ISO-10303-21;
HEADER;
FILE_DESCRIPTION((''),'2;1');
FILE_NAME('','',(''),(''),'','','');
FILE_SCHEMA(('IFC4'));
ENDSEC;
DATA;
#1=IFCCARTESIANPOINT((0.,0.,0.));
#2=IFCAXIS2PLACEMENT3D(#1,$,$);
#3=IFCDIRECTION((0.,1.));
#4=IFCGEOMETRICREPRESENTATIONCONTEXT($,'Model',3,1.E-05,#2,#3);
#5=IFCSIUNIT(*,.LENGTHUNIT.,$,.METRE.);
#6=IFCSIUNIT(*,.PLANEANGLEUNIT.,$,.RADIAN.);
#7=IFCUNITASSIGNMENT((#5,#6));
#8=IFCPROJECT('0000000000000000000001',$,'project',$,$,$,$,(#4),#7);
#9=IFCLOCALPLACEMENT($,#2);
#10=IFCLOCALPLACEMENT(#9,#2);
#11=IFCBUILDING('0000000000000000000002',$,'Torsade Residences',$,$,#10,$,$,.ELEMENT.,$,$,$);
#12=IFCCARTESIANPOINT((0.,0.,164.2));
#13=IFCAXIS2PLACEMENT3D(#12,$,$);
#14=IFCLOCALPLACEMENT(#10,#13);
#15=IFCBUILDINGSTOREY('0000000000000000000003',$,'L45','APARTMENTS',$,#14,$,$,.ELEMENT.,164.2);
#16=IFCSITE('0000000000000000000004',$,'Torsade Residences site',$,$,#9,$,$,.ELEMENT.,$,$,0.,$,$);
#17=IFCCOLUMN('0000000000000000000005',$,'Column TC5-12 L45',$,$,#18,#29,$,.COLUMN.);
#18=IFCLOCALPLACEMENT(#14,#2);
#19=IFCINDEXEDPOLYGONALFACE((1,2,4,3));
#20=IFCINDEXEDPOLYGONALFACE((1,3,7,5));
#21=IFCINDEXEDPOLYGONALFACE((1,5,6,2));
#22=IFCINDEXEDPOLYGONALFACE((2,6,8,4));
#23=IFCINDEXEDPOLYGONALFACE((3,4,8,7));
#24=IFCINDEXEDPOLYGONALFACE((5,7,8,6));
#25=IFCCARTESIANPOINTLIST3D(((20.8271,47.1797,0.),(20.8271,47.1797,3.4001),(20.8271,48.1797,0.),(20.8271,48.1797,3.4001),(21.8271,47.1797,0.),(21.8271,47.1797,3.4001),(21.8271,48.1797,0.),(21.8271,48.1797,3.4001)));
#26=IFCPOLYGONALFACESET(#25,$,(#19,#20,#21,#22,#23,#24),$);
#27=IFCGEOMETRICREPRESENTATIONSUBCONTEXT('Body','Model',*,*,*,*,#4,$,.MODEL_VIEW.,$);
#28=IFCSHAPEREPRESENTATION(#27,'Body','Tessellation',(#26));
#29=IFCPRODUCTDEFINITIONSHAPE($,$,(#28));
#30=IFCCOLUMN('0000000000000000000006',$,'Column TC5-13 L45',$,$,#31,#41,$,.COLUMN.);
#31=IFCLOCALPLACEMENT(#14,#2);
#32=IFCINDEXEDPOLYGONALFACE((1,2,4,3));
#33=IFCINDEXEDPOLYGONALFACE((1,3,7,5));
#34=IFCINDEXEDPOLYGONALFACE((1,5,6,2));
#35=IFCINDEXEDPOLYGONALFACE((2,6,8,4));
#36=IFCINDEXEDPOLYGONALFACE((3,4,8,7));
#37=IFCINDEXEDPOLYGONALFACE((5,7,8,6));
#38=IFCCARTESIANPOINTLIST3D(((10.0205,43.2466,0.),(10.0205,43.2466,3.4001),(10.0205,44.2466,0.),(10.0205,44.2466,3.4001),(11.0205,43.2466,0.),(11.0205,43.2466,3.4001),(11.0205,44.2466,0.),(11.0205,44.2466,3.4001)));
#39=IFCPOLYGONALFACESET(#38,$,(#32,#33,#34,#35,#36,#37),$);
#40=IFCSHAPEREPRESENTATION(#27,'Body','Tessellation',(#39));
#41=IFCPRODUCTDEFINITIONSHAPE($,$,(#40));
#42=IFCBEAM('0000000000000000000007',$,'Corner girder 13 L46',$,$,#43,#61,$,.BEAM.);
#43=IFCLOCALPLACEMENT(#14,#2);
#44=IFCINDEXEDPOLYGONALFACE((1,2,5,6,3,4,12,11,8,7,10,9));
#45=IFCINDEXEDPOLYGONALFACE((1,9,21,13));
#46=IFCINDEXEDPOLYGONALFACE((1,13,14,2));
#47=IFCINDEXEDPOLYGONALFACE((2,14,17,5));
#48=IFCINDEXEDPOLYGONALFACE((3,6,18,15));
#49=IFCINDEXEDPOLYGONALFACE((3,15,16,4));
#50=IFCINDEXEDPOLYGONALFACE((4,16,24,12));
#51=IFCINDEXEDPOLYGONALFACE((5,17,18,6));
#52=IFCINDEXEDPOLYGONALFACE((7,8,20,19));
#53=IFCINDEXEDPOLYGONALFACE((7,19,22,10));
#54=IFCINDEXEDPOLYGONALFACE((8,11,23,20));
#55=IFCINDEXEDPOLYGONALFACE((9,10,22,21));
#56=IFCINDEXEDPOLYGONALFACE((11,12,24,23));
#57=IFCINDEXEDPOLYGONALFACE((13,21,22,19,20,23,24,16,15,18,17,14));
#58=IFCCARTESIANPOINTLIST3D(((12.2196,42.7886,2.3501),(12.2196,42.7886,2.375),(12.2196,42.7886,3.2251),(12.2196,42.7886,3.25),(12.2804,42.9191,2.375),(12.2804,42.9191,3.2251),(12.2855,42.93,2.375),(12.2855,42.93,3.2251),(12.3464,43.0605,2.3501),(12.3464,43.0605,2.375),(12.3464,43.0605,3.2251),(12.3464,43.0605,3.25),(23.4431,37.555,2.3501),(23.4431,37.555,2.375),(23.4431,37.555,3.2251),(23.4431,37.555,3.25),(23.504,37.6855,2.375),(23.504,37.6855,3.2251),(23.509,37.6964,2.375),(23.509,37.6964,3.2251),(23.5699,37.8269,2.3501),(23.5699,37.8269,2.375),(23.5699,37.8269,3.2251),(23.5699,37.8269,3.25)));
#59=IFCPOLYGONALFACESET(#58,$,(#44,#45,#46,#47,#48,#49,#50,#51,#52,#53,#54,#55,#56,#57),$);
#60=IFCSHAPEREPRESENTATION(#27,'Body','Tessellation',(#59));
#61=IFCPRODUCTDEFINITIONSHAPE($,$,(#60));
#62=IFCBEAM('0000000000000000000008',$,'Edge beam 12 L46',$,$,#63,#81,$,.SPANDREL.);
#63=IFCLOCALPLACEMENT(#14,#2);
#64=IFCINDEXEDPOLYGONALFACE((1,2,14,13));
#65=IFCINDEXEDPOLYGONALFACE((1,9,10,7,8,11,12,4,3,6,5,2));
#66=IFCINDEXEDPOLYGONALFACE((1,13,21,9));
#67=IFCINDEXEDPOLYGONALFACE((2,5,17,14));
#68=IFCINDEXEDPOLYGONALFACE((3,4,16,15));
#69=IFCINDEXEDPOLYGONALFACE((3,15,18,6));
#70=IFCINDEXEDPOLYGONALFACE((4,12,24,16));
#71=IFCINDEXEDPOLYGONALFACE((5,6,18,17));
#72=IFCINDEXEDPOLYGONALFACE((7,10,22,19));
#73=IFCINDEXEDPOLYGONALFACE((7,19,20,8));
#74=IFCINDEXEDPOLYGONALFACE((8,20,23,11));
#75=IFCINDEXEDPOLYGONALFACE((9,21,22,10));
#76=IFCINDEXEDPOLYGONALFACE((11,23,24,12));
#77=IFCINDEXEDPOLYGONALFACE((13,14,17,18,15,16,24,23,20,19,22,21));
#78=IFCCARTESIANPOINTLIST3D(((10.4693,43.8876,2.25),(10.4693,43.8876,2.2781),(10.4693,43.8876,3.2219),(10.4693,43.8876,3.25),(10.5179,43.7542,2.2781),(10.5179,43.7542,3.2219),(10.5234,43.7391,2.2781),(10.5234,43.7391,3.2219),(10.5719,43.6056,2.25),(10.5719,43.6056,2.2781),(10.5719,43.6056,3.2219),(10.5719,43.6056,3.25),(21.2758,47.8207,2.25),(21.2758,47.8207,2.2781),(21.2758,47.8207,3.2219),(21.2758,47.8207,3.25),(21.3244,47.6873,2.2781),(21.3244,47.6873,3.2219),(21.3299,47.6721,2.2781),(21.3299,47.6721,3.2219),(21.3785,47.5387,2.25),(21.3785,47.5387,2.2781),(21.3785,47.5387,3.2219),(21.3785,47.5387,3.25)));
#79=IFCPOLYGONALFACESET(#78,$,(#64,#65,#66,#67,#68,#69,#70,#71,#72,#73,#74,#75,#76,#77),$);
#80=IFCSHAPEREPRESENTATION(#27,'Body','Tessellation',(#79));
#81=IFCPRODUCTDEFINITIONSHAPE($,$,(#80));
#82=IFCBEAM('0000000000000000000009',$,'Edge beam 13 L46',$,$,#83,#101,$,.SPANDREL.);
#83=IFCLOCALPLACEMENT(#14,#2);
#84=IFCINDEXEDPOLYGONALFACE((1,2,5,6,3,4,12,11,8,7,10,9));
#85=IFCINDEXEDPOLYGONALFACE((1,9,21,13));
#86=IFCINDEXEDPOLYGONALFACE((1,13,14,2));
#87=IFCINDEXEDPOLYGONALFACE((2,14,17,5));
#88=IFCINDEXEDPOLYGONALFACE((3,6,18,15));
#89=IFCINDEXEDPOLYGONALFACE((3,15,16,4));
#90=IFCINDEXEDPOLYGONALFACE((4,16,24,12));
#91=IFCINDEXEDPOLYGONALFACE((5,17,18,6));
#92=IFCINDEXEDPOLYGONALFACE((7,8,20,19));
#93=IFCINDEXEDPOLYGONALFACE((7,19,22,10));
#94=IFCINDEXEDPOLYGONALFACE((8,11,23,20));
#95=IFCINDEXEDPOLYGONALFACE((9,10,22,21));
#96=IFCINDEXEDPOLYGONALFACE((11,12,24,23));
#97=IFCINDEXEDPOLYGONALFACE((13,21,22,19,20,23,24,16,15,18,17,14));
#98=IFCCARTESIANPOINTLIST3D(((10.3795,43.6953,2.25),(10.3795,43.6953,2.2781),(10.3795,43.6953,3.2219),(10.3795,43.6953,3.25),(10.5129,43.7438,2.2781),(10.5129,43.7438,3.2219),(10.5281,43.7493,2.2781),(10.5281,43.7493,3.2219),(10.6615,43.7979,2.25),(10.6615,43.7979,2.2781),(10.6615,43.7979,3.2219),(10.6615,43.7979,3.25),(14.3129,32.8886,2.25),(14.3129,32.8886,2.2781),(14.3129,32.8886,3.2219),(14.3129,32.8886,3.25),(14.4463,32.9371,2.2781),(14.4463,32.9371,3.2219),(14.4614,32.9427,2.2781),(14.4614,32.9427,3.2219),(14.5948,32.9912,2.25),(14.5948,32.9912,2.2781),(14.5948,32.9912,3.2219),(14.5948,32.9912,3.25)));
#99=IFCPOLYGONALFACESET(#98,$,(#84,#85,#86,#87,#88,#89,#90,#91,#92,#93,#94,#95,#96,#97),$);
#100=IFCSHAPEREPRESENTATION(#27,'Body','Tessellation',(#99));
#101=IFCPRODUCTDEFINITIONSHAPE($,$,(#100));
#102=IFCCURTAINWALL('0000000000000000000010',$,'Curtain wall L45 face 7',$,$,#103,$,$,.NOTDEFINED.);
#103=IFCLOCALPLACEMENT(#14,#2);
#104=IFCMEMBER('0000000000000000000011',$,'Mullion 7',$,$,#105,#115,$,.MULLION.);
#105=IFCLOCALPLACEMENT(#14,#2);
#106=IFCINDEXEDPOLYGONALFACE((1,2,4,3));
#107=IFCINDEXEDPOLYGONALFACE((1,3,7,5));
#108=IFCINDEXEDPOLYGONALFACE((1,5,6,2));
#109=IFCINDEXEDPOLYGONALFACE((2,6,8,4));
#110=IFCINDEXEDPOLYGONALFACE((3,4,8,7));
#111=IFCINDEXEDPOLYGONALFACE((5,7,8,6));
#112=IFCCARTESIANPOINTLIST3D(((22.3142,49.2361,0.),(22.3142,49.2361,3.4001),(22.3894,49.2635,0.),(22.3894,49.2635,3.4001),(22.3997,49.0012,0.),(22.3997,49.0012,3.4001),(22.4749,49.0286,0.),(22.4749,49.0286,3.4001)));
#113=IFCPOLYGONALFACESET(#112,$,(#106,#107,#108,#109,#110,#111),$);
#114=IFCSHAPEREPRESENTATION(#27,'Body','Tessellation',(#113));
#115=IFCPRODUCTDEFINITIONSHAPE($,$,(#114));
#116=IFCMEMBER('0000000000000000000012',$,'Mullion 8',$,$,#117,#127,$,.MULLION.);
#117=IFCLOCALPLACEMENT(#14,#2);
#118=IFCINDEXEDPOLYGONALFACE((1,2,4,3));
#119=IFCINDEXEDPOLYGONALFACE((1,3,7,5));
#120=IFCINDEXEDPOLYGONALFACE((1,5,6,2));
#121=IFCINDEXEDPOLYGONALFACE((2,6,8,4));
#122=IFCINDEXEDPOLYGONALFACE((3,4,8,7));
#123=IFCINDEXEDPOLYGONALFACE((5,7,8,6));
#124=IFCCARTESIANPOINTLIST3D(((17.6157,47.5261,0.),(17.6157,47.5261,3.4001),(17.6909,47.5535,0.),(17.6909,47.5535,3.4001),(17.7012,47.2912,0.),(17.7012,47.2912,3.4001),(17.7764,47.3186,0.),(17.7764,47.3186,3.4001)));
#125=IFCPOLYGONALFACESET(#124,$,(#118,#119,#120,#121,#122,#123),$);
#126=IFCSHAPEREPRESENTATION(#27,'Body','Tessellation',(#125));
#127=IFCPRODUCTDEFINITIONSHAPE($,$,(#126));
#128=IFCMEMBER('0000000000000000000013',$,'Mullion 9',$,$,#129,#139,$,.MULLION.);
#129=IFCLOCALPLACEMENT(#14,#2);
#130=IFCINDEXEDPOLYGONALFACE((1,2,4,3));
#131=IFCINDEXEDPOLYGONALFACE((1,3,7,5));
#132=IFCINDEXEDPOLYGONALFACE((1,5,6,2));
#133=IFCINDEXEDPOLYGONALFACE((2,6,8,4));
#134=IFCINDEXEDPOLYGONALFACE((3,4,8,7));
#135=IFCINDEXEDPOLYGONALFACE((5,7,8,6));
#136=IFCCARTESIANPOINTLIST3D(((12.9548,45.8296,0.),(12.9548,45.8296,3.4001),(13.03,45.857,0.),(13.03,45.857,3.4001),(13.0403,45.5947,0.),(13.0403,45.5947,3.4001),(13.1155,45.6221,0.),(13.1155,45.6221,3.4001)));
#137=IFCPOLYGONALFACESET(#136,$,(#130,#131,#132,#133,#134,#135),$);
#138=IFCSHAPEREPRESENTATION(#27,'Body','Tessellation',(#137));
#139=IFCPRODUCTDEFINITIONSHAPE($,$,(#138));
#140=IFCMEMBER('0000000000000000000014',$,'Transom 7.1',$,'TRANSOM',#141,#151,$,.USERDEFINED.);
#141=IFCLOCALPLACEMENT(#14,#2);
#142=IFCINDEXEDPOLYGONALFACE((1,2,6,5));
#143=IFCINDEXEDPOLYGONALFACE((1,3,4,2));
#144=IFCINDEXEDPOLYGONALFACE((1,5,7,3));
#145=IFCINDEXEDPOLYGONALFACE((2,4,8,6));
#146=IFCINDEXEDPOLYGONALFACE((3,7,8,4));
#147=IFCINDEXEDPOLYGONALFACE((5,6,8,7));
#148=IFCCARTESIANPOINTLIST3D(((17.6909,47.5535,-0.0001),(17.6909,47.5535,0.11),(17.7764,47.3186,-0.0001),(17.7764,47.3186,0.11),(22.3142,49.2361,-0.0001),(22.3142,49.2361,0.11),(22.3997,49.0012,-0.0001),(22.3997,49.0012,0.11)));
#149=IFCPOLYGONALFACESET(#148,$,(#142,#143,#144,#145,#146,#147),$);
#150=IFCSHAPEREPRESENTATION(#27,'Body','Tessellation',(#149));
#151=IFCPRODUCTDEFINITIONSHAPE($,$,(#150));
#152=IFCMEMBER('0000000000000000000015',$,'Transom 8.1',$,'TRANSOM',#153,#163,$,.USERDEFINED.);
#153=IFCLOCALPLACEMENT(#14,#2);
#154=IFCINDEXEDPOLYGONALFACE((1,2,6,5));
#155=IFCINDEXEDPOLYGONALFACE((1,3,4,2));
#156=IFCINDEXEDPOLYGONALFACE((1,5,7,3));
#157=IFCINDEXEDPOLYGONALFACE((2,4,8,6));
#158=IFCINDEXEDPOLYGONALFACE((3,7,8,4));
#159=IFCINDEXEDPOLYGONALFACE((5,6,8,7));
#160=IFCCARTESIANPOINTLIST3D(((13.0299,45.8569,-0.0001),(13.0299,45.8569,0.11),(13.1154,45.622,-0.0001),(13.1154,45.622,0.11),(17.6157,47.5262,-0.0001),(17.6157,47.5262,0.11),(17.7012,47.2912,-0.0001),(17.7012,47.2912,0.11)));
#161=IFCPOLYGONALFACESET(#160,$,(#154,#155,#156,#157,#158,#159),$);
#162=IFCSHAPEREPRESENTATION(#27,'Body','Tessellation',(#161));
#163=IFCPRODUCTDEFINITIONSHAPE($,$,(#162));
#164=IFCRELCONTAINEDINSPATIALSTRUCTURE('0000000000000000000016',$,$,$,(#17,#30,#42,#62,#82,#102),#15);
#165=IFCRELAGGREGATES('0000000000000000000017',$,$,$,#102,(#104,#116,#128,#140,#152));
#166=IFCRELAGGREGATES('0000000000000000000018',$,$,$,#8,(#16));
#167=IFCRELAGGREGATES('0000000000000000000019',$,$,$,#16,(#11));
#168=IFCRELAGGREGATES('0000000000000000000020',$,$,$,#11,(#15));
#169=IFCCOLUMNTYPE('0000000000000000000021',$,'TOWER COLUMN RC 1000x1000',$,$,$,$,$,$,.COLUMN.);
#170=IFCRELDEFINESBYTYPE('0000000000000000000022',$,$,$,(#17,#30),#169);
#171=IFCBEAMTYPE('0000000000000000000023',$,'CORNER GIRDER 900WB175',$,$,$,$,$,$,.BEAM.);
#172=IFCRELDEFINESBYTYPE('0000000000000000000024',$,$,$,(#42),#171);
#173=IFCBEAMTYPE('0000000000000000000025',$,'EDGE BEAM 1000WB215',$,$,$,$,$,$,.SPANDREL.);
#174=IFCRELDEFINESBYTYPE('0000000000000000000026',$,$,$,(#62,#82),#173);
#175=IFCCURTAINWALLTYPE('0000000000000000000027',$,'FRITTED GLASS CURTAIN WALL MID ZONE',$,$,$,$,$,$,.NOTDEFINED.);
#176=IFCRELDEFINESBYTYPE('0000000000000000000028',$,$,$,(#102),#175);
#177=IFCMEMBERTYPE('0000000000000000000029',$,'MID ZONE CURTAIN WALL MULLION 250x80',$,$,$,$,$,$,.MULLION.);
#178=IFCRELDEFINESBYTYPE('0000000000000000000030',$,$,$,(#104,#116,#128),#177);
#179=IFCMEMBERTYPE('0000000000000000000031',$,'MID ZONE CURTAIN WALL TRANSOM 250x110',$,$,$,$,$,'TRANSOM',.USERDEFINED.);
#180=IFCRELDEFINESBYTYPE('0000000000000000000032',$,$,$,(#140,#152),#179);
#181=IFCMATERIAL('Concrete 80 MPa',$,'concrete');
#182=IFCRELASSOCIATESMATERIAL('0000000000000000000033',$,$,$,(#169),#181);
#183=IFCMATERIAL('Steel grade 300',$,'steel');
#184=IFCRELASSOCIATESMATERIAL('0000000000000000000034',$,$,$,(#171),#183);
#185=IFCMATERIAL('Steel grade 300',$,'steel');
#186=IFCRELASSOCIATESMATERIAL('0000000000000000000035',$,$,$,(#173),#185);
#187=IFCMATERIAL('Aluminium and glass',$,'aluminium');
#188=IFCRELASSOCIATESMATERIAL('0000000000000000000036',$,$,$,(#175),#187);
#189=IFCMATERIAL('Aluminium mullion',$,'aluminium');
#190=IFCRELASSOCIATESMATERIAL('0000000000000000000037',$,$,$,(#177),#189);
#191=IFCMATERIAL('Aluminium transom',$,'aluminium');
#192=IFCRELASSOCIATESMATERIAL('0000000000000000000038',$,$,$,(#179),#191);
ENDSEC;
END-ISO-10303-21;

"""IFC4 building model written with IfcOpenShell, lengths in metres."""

from ifc_helpers import new_model, si_unit, direction, frame, origin, origin_2d, place, context, subcontext, project, spatial, rectangle, i_section, extrude, material, material_profile, profile_set, type_object, element, aggregate, save


model = new_model("IFC4")

# Units and contexts
model_context = context("Model", 3, precision=1e-05, world=origin(), true_north=direction((0.0, 1.0)))
body_context = subcontext(model_context, "Body", "Model", "MODEL_VIEW")
ifc_project = project(units=[si_unit("LENGTHUNIT", "METRE"), si_unit("PLANEANGLEUNIT", "RADIAN")], contexts=[model_context])

# Site, building, storey
site_placement = place(None, origin())
site = spatial("IfcSite", under=ifc_project, at=site_placement, Name="Torsade Residences site", CompositionType="ELEMENT", RefElevation=0.0)
building_placement = place(site_placement, origin())
building = spatial("IfcBuilding", under=site, at=building_placement, Name="Torsade Residences", CompositionType="ELEMENT")
storey_placement = place(building_placement, frame((0.0, 0.0, 164.2)))
storey = spatial("IfcBuildingStorey", under=building, at=storey_placement, Name="L45", Description="APARTMENTS", CompositionType="ELEMENT", Elevation=164.2)

# Columns
ifc_material_1 = material(Name="Concrete 80 MPa", Category="concrete")
ifc_material_profile_1 = material_profile(ifc_material_1, rectangle(XDim=1.0, YDim=1.0, at=origin_2d()), Name="RC 1000x1000")
ifc_profile_set_1 = profile_set([ifc_material_profile_1], Name="Concrete 80 MPa")
column_type = type_object("IfcColumnType", Name="TOWER COLUMN RC 1000x1000", PredefinedType="COLUMN", material=ifc_profile_set_1)
for number, where, z_axis, x_axis, name in (
    (1, (21.3271, 47.6797, 0.0), (0.0, 0.0, 1.0), (1.0, 0.0, 0.0), "Column TC5-12 L45"),
    (2, (10.5205, 43.7466, 0.0), (0.0, 0.0, 1.0), (1.0, 0.0, 0.0), "Column TC5-13 L45"),
):
    element("IfcColumn", number, at=place(storey_placement, frame(where, z_axis=z_axis, x_axis=x_axis)), inside=storey, type_object=column_type, Name=name, PredefinedType="COLUMN", context=body_context, shape_type="SweptSolid", body=[
        extrude(rectangle(XDim=1.0, YDim=1.0, at=origin_2d()), origin(), (0.0, 0.0, 1.0), 3.4001),
    ])

# Beams
ifc_material_2 = material(Name="Steel grade 300", Category="steel")
ifc_material_profile_2 = material_profile(ifc_material_2, i_section(OverallWidth=0.3, OverallDepth=0.8999, WebThickness=0.012, FlangeThickness=0.0249, at=origin_2d()), Name="900WB175")
ifc_profile_set_2 = profile_set([ifc_material_profile_2], Name="Steel grade 300")
beam_type_1 = type_object("IfcBeamType", Name="CORNER GIRDER 900WB175", PredefinedType="BEAM", material=ifc_profile_set_2)
beam_1_placement = place(storey_placement, frame((12.283, 42.9246, 2.8), z_axis=(0.906309, -0.422617, 0.0), x_axis=(0.422617, 0.906309, 0.0)))
element("IfcBeam", 3, at=beam_1_placement, inside=storey, type_object=beam_type_1, Name="Corner girder 13 L46", PredefinedType="BEAM", context=body_context, shape_type="SweptSolid", body=[
    extrude(i_section(OverallWidth=0.3, OverallDepth=0.8999, WebThickness=0.012, FlangeThickness=0.0249, at=origin_2d()), origin(), (0.0, 0.0, 1.0), 12.3838),
])
ifc_material_3 = material(Name="Steel grade 300", Category="steel")
ifc_material_profile_3 = material_profile(ifc_material_3, i_section(OverallWidth=0.3, OverallDepth=1.0, WebThickness=0.0161, FlangeThickness=0.0281, at=origin_2d()), Name="1000WB215")
ifc_profile_set_3 = profile_set([ifc_material_profile_3], Name="Steel grade 300")
beam_type_2 = type_object("IfcBeamType", Name="EDGE BEAM 1000WB215", PredefinedType="SPANDREL", material=ifc_profile_set_3)
beam_2_placement = place(storey_placement, frame((21.3271, 47.6797, 2.75), z_axis=(-0.939698, -0.342006, 0.0), x_axis=(0.342006, -0.939698, 0.0)))
element("IfcBeam", 4, at=beam_2_placement, inside=storey, type_object=beam_type_2, Name="Edge beam 12 L46", PredefinedType="SPANDREL", context=body_context, shape_type="SweptSolid", body=[
    extrude(i_section(OverallWidth=0.3, OverallDepth=1.0, WebThickness=0.0161, FlangeThickness=0.0281, at=origin_2d()), origin(), (0.0, 0.0, 1.0), 11.5),
])
beam_3_placement = place(storey_placement, frame((10.5205, 43.7466, 2.75), z_axis=(0.342024, -0.939691, 0.0), x_axis=(0.939691, 0.342024, 0.0)))
element("IfcBeam", 5, at=beam_3_placement, inside=storey, type_object=beam_type_2, Name="Edge beam 13 L46", PredefinedType="SPANDREL", context=body_context, shape_type="SweptSolid", body=[
    extrude(i_section(OverallWidth=0.3, OverallDepth=1.0, WebThickness=0.0161, FlangeThickness=0.0281, at=origin_2d()), origin(), (0.0, 0.0, 1.0), 11.5002),
])

# Curtain wall, members
ifc_material_4 = material(Name="Aluminium and glass", Category="aluminium")
curtain_wall_type = type_object("IfcCurtainWallType", Name="FRITTED GLASS CURTAIN WALL MID ZONE", PredefinedType="NOTDEFINED", material=ifc_material_4)
curtain_wall_placement = place(storey_placement, origin())
curtain_wall = element("IfcCurtainWall", 6, at=curtain_wall_placement, inside=storey, type_object=curtain_wall_type, Name="Curtain wall L45 face 7", PredefinedType="NOTDEFINED")
ifc_material_5 = material(Name="Aluminium mullion", Category="aluminium")
ifc_material_profile_4 = material_profile(ifc_material_5, rectangle(XDim=0.25, YDim=0.0801, at=origin_2d()), Name="MID ZONE CURTAIN WALL MULLION 250x80")
ifc_profile_set_4 = profile_set([ifc_material_profile_4], Name="Aluminium mullion")
member_type_1 = type_object("IfcMemberType", Name="MID ZONE CURTAIN WALL MULLION 250x80", PredefinedType="MULLION", material=ifc_profile_set_4)
member_1_placement = place(storey_placement, frame((22.3945, 49.1323, 0.0), z_axis=(0.0, 0.0, 1.0), x_axis=(0.34202, -0.939693, 0.0)))
member_1 = element("IfcMember", 7, at=member_1_placement, type_object=member_type_1, Name="Mullion 7", PredefinedType="MULLION", context=body_context, shape_type="SweptSolid", body=[
    extrude(rectangle(XDim=0.25, YDim=0.0801, at=origin_2d()), origin(), (0.0, 0.0, 1.0), 3.4001),
])
member_2_placement = place(storey_placement, frame((17.696, 47.4224, 0.0), z_axis=(0.0, 0.0, 1.0), x_axis=(0.34202, -0.939693, 0.0)))
member_2 = element("IfcMember", 8, at=member_2_placement, type_object=member_type_1, Name="Mullion 8", PredefinedType="MULLION", context=body_context, shape_type="SweptSolid", body=[
    extrude(rectangle(XDim=0.25, YDim=0.0801, at=origin_2d()), origin(), (0.0, 0.0, 1.0), 3.4001),
])
member_3_placement = place(storey_placement, frame((13.0352, 45.7258, 0.0), z_axis=(0.0, 0.0, 1.0), x_axis=(0.34202, -0.939693, 0.0)))
member_3 = element("IfcMember", 9, at=member_3_placement, type_object=member_type_1, Name="Mullion 9", PredefinedType="MULLION", context=body_context, shape_type="SweptSolid", body=[
    extrude(rectangle(XDim=0.25, YDim=0.0801, at=origin_2d()), origin(), (0.0, 0.0, 1.0), 3.4001),
])
ifc_material_6 = material(Name="Aluminium transom", Category="aluminium")
ifc_material_profile_5 = material_profile(ifc_material_6, rectangle(XDim=0.25, YDim=0.1101, at=origin_2d()), Name="MID ZONE CURTAIN WALL TRANSOM 250x110")
ifc_profile_set_5 = profile_set([ifc_material_profile_5], Name="Aluminium transom")
member_type_2 = type_object("IfcMemberType", Name="MID ZONE CURTAIN WALL TRANSOM 250x110", ElementType="TRANSOM", PredefinedType="USERDEFINED", material=ifc_profile_set_5)
member_4_placement = place(storey_placement, frame((22.3569, 49.1187, 0.0549), z_axis=(-0.939701, -0.341998, 0.0), x_axis=(0.341998, -0.939701, 0.0)))
member_4 = element("IfcMember", 10, at=member_4_placement, type_object=member_type_2, Name="Transom 7.1", ObjectType="TRANSOM", PredefinedType="USERDEFINED", context=body_context, shape_type="SweptSolid", body=[
    extrude(rectangle(XDim=0.25, YDim=0.1101, at=origin_2d()), origin(), (0.0, 0.0, 1.0), 4.9199),
])
member_5_placement = place(storey_placement, frame((17.6584, 47.4087, 0.0549), z_axis=(-0.939684, -0.342044, 0.0), x_axis=(0.342044, -0.939684, 0.0)))
member_5 = element("IfcMember", 11, at=member_5_placement, type_object=member_type_2, Name="Transom 8.1", ObjectType="TRANSOM", PredefinedType="USERDEFINED", context=body_context, shape_type="SweptSolid", body=[
    extrude(rectangle(XDim=0.25, YDim=0.1101, at=origin_2d()), origin(), (0.0, 0.0, 1.0), 4.8801),
])

aggregate(curtain_wall, [member_1, member_2, member_3, member_4, member_5])

save(model, "model.ifc")
